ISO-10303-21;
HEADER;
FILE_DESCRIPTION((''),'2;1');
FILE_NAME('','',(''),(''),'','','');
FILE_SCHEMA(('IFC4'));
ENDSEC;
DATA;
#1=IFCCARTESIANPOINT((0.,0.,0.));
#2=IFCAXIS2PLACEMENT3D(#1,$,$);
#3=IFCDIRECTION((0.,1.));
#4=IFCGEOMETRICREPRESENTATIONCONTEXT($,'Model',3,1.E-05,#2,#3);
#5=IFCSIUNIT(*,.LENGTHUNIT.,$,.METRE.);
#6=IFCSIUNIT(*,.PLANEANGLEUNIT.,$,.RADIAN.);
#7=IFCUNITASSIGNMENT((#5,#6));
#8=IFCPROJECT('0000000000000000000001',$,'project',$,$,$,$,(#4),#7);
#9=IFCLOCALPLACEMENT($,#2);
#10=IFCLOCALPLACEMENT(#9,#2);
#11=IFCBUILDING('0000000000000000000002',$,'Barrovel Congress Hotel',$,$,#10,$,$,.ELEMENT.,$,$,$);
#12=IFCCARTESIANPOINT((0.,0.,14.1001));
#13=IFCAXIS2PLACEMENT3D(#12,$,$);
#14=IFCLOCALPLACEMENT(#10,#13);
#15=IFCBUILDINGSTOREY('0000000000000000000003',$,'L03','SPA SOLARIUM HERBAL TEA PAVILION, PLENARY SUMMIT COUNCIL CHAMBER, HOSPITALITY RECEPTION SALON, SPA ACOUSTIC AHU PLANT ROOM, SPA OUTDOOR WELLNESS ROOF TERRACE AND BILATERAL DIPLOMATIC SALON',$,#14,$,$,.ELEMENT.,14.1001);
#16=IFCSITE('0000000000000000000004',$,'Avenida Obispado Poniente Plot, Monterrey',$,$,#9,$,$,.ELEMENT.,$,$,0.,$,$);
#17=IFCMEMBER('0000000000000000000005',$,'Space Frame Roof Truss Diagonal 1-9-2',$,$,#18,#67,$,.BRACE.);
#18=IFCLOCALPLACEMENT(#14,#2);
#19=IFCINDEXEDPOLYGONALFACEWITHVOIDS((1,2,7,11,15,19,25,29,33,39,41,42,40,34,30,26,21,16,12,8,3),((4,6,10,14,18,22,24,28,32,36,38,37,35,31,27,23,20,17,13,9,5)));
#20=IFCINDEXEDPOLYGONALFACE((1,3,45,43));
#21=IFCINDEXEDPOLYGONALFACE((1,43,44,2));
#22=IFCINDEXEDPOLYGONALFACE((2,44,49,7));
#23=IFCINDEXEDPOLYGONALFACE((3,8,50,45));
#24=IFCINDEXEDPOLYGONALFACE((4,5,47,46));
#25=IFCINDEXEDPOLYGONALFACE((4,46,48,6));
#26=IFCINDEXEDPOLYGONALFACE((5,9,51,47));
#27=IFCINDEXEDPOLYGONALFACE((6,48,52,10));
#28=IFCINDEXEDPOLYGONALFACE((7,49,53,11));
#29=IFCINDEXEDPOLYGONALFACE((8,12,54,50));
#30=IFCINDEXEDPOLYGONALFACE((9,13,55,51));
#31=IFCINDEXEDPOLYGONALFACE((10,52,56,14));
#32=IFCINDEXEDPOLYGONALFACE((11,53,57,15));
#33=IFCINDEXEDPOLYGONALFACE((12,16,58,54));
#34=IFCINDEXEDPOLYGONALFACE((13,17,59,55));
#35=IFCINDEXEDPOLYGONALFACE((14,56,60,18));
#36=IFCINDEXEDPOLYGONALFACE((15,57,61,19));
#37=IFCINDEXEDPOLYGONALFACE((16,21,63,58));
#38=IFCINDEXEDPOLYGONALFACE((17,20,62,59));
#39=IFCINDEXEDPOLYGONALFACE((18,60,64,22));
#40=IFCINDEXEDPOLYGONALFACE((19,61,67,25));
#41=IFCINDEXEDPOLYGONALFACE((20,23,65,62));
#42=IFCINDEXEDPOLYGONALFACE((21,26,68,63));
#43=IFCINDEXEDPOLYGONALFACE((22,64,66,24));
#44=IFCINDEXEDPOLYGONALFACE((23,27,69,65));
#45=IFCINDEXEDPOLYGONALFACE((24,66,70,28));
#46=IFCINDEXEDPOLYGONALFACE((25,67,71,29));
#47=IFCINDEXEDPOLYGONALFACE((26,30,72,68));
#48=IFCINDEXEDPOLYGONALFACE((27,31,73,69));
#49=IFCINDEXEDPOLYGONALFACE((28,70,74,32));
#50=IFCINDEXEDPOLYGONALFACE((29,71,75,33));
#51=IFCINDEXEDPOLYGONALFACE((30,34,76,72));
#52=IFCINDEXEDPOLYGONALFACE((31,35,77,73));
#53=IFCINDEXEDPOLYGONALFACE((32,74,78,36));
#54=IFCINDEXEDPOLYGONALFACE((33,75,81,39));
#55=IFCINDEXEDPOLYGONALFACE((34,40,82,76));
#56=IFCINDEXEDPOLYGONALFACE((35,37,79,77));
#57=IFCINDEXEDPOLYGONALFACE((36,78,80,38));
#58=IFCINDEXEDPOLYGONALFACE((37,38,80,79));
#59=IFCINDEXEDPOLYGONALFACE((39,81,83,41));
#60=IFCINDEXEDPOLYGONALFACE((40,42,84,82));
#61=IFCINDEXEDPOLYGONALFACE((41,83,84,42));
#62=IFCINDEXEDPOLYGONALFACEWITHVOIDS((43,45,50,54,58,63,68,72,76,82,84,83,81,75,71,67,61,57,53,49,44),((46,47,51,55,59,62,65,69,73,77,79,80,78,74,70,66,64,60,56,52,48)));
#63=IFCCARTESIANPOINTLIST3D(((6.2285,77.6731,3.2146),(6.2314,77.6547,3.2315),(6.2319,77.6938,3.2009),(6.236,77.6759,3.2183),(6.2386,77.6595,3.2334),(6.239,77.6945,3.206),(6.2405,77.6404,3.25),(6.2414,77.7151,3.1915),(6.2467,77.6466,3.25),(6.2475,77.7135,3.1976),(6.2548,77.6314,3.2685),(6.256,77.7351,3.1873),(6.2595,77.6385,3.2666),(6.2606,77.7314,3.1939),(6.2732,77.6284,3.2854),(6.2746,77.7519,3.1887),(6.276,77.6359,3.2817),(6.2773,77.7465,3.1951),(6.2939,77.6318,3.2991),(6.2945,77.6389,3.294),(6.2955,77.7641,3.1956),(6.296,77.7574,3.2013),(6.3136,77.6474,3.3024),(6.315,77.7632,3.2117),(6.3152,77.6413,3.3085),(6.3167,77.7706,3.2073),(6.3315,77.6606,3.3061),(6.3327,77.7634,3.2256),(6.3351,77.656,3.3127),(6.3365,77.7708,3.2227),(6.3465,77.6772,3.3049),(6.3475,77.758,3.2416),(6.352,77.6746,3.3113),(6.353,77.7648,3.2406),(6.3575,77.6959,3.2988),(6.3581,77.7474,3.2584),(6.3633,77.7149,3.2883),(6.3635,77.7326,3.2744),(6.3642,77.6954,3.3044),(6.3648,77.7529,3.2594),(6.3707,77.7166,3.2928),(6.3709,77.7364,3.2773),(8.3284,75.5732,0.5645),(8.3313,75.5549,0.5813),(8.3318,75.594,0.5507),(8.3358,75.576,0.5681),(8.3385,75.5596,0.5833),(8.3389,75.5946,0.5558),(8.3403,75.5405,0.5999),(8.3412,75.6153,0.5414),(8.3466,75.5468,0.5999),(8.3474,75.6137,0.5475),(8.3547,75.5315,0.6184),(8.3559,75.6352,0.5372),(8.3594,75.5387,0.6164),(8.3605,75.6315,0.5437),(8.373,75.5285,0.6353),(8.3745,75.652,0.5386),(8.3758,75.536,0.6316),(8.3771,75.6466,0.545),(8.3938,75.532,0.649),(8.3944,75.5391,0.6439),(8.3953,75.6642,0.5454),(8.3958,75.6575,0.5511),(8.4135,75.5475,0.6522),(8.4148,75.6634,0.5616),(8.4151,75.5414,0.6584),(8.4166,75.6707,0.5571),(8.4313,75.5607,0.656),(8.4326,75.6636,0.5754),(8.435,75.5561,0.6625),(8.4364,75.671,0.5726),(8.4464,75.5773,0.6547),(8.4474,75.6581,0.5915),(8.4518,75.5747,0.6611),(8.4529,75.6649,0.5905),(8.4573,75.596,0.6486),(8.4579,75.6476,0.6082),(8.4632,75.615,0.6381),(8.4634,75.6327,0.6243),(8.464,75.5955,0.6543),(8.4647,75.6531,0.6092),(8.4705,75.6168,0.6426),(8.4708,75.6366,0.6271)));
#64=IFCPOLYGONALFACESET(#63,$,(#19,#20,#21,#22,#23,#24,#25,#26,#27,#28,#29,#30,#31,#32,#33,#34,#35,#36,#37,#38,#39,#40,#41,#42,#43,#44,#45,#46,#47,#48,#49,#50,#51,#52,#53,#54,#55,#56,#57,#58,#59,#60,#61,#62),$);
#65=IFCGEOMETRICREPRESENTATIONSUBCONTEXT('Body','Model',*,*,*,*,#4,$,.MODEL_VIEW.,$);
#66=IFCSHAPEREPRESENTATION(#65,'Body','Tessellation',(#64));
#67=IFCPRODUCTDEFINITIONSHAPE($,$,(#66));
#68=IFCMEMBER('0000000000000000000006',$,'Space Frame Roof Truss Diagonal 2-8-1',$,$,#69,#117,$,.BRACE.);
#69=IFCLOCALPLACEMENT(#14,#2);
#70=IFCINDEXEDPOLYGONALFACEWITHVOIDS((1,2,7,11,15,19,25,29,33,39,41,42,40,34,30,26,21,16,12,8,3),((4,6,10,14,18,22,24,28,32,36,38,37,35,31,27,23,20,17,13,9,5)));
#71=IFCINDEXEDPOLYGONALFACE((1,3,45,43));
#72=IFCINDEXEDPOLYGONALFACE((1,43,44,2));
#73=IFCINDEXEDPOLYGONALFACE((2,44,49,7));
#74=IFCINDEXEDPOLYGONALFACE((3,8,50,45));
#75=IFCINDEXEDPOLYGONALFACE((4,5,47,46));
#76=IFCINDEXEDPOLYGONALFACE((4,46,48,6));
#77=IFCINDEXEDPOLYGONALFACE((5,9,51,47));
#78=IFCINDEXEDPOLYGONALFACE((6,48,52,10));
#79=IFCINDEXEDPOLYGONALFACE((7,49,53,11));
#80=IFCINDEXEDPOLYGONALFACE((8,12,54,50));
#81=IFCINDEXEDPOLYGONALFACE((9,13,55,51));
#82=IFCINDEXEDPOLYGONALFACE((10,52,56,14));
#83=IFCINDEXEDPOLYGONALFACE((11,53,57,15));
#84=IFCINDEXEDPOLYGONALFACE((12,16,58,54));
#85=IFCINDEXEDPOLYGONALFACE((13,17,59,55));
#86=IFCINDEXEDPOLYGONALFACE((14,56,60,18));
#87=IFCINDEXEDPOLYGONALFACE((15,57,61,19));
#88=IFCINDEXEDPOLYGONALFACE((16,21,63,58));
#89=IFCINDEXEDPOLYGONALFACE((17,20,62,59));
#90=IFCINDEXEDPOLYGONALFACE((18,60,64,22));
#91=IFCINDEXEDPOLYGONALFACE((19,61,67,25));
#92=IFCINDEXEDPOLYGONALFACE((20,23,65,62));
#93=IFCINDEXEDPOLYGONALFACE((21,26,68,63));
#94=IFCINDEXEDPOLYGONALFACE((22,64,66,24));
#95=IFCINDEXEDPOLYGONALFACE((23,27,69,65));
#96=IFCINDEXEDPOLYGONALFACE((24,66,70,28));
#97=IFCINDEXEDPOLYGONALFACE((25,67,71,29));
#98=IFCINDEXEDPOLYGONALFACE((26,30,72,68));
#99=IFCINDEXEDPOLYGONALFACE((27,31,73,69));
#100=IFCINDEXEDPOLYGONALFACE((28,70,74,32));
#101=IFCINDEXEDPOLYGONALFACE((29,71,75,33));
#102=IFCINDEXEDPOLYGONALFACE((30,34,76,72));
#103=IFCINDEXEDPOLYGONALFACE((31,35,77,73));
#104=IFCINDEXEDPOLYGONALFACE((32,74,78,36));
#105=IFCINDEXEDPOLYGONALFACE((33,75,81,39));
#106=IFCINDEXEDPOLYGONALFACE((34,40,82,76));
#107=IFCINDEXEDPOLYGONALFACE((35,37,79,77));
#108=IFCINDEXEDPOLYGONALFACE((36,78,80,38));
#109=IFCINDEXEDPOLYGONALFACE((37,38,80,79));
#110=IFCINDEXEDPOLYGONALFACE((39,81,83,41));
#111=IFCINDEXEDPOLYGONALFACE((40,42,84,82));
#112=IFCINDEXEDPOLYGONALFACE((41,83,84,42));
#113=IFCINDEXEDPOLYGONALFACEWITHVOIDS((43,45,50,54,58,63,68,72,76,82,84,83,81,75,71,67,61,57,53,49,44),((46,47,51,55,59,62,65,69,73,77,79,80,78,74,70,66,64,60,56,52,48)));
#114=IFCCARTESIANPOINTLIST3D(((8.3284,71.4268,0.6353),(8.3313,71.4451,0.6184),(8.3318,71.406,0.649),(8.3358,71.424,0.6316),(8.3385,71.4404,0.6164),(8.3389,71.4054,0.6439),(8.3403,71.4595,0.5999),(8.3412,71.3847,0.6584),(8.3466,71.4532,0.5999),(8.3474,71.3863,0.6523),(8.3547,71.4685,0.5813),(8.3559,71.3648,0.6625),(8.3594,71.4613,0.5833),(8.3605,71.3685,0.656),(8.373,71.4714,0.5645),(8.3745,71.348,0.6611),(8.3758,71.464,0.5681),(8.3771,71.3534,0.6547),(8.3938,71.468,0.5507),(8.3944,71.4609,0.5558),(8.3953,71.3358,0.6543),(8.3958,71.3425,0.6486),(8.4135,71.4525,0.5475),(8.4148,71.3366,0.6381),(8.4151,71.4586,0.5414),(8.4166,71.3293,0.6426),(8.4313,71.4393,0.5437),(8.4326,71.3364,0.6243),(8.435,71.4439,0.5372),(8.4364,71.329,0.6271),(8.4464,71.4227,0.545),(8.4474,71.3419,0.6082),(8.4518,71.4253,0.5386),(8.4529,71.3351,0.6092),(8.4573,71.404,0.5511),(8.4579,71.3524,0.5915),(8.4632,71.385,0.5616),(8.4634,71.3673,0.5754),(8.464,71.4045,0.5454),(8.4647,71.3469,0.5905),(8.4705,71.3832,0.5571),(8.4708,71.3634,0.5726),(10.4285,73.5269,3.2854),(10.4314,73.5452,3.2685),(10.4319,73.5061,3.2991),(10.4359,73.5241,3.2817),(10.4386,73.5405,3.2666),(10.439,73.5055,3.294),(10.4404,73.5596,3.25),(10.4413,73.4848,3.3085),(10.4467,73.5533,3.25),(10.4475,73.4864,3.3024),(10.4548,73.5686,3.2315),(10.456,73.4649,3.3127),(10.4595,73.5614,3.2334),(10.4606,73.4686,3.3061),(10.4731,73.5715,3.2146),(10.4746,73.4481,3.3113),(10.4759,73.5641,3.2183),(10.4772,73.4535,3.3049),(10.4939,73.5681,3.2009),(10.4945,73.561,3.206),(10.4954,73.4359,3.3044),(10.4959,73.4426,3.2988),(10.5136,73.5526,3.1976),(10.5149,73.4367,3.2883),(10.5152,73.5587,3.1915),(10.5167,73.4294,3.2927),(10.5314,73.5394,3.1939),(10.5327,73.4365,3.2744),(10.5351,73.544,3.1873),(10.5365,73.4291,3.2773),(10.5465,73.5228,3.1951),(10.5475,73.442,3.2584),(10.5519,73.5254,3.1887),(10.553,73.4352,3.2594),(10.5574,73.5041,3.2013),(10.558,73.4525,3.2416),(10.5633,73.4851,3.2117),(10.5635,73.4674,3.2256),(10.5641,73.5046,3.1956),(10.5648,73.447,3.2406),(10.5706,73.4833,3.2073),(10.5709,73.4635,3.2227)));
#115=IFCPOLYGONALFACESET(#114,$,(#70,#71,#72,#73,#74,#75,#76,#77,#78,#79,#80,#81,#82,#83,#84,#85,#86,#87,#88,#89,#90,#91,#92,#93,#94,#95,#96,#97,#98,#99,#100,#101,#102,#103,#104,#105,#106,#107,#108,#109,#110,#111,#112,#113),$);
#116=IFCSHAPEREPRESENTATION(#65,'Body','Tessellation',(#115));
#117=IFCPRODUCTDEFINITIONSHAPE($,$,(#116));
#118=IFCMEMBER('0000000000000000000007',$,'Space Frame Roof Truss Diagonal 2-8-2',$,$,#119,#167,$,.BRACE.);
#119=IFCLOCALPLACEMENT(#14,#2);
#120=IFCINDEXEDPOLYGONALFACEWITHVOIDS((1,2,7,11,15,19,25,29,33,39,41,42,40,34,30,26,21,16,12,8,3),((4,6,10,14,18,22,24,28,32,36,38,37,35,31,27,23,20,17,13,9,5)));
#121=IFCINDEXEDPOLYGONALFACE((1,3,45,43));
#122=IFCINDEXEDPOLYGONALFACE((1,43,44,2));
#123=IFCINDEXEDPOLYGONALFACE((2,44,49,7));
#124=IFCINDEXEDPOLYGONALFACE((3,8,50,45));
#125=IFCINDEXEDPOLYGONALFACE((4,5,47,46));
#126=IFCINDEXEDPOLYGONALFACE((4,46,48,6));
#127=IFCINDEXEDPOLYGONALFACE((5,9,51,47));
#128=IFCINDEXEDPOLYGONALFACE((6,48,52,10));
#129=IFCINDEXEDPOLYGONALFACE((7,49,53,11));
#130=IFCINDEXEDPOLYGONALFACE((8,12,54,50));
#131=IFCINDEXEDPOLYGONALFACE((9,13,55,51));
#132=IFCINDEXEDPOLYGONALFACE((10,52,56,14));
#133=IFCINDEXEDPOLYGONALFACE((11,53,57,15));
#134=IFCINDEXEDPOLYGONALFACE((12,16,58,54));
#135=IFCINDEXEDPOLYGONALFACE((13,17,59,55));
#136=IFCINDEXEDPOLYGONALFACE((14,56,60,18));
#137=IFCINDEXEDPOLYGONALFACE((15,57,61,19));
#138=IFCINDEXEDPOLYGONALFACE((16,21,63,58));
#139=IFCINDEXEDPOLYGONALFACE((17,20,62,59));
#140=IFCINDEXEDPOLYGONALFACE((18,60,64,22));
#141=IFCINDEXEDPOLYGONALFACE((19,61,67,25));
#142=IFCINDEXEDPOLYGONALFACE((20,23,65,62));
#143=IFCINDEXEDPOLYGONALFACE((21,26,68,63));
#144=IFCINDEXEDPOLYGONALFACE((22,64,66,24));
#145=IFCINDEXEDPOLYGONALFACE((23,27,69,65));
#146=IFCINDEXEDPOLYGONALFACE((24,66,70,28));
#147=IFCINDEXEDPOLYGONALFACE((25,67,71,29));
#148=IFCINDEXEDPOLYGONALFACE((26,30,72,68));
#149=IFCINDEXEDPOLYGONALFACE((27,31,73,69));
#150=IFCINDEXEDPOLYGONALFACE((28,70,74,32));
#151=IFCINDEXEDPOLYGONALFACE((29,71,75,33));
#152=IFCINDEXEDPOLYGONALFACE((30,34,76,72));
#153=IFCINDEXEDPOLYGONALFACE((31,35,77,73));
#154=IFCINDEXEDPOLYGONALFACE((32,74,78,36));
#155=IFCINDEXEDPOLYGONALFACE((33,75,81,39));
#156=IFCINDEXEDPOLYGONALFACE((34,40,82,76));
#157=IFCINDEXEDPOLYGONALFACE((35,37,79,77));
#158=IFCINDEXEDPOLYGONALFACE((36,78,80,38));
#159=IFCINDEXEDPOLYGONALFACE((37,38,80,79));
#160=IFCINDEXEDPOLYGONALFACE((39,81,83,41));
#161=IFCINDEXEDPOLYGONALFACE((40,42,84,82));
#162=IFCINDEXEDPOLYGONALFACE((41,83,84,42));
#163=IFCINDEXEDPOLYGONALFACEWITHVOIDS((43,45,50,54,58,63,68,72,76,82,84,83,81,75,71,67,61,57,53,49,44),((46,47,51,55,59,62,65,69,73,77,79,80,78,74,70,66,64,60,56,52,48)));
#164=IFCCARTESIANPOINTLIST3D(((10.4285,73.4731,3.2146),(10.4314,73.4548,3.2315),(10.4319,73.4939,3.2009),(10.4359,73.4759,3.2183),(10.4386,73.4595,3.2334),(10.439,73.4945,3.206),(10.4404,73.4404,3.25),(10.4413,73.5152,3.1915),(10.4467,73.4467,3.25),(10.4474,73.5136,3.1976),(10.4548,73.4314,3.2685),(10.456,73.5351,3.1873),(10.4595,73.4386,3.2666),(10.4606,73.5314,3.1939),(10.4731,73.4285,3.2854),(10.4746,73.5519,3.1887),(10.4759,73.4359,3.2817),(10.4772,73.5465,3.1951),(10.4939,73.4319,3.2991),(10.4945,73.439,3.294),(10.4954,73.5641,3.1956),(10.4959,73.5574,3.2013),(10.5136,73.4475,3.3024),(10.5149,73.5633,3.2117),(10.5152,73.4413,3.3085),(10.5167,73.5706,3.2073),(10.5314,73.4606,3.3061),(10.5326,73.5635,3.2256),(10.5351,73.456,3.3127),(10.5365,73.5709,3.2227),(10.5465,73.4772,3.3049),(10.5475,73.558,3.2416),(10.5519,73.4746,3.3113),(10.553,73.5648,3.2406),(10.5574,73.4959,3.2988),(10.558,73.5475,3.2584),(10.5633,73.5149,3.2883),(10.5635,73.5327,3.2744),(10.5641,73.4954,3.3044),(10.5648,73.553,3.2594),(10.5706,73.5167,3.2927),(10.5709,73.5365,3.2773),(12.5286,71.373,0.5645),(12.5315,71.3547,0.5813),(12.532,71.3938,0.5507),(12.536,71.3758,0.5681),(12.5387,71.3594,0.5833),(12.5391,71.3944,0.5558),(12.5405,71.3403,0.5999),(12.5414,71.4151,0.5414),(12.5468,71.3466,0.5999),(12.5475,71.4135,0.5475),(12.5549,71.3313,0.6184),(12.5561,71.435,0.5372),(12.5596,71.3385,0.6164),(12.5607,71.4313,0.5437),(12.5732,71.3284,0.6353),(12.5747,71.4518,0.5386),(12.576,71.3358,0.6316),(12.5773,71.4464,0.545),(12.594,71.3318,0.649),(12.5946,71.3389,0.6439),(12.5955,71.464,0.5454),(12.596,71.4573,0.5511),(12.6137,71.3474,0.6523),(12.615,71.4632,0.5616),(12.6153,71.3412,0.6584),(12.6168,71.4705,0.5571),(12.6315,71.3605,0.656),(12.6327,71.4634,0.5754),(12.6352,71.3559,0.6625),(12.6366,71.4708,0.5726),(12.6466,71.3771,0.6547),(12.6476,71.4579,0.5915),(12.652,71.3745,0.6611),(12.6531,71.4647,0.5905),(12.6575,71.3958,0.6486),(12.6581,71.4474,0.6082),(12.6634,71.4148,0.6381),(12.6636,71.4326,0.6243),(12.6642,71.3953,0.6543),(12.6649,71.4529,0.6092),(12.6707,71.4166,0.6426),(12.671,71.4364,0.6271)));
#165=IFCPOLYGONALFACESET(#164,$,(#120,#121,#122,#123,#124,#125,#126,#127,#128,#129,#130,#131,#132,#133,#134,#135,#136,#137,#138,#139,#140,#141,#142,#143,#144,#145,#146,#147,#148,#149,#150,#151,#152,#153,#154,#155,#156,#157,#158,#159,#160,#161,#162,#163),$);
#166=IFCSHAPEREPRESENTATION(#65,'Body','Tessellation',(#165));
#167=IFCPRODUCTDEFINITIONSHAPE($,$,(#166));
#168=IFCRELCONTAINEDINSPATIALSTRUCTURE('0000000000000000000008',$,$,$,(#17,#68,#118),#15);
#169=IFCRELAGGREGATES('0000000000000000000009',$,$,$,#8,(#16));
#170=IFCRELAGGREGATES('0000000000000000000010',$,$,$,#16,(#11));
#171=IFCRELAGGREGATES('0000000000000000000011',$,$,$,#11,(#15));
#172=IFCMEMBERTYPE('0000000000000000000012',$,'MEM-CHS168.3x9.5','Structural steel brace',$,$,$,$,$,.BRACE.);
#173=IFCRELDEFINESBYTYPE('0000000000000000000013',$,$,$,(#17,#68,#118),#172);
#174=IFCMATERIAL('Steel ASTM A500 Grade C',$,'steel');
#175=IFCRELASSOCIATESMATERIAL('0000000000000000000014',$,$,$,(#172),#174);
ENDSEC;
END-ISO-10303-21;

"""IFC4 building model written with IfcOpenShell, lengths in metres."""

from ifc_helpers import new_model, si_unit, direction, frame, origin, origin_2d, place, context, subcontext, project, spatial, hollow_circle, extrude, material, material_profile, profile_set, type_object, element, save


model = new_model("IFC4")

# Units and contexts
model_context = context("Model", 3, precision=1e-05, world=origin(), true_north=direction((0.0, 1.0)))
body_context = subcontext(model_context, "Body", "Model", "MODEL_VIEW")
ifc_project = project(units=[si_unit("LENGTHUNIT", "METRE"), si_unit("PLANEANGLEUNIT", "RADIAN")], contexts=[model_context])

# Site, building, storey
site_placement = place(None, origin())
site = spatial("IfcSite", under=ifc_project, at=site_placement, Name="Avenida Obispado Poniente Plot, Monterrey", CompositionType="ELEMENT", RefElevation=0.0)
building_placement = place(site_placement, origin())
building = spatial("IfcBuilding", under=site, at=building_placement, Name="Barrovel Congress Hotel", CompositionType="ELEMENT")
storey_placement = place(building_placement, frame((0.0, 0.0, 14.1001)))
storey = spatial("IfcBuildingStorey", under=building, at=storey_placement, Name="L03", Description="SPA SOLARIUM HERBAL TEA PAVILION, PLENARY SUMMIT COUNCIL CHAMBER, HOSPITALITY RECEPTION SALON, SPA ACOUSTIC AHU PLANT ROOM, SPA OUTDOOR WELLNESS ROOF TERRACE AND BILATERAL DIPLOMATIC SALON", CompositionType="ELEMENT", Elevation=14.1001)

# Members
ifc_material_1 = material(Name="Steel ASTM A500 Grade C", Category="steel")
ifc_material_profile_1 = material_profile(ifc_material_1, hollow_circle(Radius=0.0842, WallThickness=0.0088, at=origin_2d()), Name="CHS168.3x9.5")
ifc_profile_set_1 = profile_set([ifc_material_profile_1], Name="Steel ASTM A500 Grade C")
member_type_1 = type_object("IfcMemberType", Name="MEM-CHS168.3x9.5", Description="Structural steel brace", PredefinedType="BRACE", material=ifc_profile_set_1)
for number, where, z_axis, x_axis, name in (
    (1, (8.3999, 75.6001, 0.5999), (-0.527574, 0.527574, 0.665831), (-0.707107, -0.707107, 0.0), "Space Frame Roof Truss Diagonal 1-9-2"),
):
    element("IfcMember", number, at=place(storey_placement, frame(where, z_axis=z_axis, x_axis=x_axis)), inside=storey, type_object=member_type_1, Name=name, PredefinedType="BRACE", context=body_context, shape_type="SweptSolid", body=[
        extrude(hollow_circle(Radius=0.0842, WallThickness=0.0088, at=origin_2d()), origin(), (0.0, 0.0, 1.0), 3.9802),
    ])
for number, where, z_axis, x_axis, name in (
    (2, (8.3999, 71.3999, 0.5999), (0.527601, 0.527601, 0.665788), (-0.707107, 0.707107, 0.0), "Space Frame Roof Truss Diagonal 2-8-1"),
    (3, (12.6001, 71.3999, 0.5999), (-0.527601, 0.527601, 0.665788), (-0.707107, -0.707107, 0.0), "Space Frame Roof Truss Diagonal 2-8-2"),
):
    element("IfcMember", number, at=place(storey_placement, frame(where, z_axis=z_axis, x_axis=x_axis)), inside=storey, type_object=member_type_1, Name=name, PredefinedType="BRACE", context=body_context, shape_type="SweptSolid", body=[
        extrude(hollow_circle(Radius=0.0842, WallThickness=0.0088, at=origin_2d()), origin(), (0.0, 0.0, 1.0), 3.9805),
    ])

save(model, "model.ifc")
